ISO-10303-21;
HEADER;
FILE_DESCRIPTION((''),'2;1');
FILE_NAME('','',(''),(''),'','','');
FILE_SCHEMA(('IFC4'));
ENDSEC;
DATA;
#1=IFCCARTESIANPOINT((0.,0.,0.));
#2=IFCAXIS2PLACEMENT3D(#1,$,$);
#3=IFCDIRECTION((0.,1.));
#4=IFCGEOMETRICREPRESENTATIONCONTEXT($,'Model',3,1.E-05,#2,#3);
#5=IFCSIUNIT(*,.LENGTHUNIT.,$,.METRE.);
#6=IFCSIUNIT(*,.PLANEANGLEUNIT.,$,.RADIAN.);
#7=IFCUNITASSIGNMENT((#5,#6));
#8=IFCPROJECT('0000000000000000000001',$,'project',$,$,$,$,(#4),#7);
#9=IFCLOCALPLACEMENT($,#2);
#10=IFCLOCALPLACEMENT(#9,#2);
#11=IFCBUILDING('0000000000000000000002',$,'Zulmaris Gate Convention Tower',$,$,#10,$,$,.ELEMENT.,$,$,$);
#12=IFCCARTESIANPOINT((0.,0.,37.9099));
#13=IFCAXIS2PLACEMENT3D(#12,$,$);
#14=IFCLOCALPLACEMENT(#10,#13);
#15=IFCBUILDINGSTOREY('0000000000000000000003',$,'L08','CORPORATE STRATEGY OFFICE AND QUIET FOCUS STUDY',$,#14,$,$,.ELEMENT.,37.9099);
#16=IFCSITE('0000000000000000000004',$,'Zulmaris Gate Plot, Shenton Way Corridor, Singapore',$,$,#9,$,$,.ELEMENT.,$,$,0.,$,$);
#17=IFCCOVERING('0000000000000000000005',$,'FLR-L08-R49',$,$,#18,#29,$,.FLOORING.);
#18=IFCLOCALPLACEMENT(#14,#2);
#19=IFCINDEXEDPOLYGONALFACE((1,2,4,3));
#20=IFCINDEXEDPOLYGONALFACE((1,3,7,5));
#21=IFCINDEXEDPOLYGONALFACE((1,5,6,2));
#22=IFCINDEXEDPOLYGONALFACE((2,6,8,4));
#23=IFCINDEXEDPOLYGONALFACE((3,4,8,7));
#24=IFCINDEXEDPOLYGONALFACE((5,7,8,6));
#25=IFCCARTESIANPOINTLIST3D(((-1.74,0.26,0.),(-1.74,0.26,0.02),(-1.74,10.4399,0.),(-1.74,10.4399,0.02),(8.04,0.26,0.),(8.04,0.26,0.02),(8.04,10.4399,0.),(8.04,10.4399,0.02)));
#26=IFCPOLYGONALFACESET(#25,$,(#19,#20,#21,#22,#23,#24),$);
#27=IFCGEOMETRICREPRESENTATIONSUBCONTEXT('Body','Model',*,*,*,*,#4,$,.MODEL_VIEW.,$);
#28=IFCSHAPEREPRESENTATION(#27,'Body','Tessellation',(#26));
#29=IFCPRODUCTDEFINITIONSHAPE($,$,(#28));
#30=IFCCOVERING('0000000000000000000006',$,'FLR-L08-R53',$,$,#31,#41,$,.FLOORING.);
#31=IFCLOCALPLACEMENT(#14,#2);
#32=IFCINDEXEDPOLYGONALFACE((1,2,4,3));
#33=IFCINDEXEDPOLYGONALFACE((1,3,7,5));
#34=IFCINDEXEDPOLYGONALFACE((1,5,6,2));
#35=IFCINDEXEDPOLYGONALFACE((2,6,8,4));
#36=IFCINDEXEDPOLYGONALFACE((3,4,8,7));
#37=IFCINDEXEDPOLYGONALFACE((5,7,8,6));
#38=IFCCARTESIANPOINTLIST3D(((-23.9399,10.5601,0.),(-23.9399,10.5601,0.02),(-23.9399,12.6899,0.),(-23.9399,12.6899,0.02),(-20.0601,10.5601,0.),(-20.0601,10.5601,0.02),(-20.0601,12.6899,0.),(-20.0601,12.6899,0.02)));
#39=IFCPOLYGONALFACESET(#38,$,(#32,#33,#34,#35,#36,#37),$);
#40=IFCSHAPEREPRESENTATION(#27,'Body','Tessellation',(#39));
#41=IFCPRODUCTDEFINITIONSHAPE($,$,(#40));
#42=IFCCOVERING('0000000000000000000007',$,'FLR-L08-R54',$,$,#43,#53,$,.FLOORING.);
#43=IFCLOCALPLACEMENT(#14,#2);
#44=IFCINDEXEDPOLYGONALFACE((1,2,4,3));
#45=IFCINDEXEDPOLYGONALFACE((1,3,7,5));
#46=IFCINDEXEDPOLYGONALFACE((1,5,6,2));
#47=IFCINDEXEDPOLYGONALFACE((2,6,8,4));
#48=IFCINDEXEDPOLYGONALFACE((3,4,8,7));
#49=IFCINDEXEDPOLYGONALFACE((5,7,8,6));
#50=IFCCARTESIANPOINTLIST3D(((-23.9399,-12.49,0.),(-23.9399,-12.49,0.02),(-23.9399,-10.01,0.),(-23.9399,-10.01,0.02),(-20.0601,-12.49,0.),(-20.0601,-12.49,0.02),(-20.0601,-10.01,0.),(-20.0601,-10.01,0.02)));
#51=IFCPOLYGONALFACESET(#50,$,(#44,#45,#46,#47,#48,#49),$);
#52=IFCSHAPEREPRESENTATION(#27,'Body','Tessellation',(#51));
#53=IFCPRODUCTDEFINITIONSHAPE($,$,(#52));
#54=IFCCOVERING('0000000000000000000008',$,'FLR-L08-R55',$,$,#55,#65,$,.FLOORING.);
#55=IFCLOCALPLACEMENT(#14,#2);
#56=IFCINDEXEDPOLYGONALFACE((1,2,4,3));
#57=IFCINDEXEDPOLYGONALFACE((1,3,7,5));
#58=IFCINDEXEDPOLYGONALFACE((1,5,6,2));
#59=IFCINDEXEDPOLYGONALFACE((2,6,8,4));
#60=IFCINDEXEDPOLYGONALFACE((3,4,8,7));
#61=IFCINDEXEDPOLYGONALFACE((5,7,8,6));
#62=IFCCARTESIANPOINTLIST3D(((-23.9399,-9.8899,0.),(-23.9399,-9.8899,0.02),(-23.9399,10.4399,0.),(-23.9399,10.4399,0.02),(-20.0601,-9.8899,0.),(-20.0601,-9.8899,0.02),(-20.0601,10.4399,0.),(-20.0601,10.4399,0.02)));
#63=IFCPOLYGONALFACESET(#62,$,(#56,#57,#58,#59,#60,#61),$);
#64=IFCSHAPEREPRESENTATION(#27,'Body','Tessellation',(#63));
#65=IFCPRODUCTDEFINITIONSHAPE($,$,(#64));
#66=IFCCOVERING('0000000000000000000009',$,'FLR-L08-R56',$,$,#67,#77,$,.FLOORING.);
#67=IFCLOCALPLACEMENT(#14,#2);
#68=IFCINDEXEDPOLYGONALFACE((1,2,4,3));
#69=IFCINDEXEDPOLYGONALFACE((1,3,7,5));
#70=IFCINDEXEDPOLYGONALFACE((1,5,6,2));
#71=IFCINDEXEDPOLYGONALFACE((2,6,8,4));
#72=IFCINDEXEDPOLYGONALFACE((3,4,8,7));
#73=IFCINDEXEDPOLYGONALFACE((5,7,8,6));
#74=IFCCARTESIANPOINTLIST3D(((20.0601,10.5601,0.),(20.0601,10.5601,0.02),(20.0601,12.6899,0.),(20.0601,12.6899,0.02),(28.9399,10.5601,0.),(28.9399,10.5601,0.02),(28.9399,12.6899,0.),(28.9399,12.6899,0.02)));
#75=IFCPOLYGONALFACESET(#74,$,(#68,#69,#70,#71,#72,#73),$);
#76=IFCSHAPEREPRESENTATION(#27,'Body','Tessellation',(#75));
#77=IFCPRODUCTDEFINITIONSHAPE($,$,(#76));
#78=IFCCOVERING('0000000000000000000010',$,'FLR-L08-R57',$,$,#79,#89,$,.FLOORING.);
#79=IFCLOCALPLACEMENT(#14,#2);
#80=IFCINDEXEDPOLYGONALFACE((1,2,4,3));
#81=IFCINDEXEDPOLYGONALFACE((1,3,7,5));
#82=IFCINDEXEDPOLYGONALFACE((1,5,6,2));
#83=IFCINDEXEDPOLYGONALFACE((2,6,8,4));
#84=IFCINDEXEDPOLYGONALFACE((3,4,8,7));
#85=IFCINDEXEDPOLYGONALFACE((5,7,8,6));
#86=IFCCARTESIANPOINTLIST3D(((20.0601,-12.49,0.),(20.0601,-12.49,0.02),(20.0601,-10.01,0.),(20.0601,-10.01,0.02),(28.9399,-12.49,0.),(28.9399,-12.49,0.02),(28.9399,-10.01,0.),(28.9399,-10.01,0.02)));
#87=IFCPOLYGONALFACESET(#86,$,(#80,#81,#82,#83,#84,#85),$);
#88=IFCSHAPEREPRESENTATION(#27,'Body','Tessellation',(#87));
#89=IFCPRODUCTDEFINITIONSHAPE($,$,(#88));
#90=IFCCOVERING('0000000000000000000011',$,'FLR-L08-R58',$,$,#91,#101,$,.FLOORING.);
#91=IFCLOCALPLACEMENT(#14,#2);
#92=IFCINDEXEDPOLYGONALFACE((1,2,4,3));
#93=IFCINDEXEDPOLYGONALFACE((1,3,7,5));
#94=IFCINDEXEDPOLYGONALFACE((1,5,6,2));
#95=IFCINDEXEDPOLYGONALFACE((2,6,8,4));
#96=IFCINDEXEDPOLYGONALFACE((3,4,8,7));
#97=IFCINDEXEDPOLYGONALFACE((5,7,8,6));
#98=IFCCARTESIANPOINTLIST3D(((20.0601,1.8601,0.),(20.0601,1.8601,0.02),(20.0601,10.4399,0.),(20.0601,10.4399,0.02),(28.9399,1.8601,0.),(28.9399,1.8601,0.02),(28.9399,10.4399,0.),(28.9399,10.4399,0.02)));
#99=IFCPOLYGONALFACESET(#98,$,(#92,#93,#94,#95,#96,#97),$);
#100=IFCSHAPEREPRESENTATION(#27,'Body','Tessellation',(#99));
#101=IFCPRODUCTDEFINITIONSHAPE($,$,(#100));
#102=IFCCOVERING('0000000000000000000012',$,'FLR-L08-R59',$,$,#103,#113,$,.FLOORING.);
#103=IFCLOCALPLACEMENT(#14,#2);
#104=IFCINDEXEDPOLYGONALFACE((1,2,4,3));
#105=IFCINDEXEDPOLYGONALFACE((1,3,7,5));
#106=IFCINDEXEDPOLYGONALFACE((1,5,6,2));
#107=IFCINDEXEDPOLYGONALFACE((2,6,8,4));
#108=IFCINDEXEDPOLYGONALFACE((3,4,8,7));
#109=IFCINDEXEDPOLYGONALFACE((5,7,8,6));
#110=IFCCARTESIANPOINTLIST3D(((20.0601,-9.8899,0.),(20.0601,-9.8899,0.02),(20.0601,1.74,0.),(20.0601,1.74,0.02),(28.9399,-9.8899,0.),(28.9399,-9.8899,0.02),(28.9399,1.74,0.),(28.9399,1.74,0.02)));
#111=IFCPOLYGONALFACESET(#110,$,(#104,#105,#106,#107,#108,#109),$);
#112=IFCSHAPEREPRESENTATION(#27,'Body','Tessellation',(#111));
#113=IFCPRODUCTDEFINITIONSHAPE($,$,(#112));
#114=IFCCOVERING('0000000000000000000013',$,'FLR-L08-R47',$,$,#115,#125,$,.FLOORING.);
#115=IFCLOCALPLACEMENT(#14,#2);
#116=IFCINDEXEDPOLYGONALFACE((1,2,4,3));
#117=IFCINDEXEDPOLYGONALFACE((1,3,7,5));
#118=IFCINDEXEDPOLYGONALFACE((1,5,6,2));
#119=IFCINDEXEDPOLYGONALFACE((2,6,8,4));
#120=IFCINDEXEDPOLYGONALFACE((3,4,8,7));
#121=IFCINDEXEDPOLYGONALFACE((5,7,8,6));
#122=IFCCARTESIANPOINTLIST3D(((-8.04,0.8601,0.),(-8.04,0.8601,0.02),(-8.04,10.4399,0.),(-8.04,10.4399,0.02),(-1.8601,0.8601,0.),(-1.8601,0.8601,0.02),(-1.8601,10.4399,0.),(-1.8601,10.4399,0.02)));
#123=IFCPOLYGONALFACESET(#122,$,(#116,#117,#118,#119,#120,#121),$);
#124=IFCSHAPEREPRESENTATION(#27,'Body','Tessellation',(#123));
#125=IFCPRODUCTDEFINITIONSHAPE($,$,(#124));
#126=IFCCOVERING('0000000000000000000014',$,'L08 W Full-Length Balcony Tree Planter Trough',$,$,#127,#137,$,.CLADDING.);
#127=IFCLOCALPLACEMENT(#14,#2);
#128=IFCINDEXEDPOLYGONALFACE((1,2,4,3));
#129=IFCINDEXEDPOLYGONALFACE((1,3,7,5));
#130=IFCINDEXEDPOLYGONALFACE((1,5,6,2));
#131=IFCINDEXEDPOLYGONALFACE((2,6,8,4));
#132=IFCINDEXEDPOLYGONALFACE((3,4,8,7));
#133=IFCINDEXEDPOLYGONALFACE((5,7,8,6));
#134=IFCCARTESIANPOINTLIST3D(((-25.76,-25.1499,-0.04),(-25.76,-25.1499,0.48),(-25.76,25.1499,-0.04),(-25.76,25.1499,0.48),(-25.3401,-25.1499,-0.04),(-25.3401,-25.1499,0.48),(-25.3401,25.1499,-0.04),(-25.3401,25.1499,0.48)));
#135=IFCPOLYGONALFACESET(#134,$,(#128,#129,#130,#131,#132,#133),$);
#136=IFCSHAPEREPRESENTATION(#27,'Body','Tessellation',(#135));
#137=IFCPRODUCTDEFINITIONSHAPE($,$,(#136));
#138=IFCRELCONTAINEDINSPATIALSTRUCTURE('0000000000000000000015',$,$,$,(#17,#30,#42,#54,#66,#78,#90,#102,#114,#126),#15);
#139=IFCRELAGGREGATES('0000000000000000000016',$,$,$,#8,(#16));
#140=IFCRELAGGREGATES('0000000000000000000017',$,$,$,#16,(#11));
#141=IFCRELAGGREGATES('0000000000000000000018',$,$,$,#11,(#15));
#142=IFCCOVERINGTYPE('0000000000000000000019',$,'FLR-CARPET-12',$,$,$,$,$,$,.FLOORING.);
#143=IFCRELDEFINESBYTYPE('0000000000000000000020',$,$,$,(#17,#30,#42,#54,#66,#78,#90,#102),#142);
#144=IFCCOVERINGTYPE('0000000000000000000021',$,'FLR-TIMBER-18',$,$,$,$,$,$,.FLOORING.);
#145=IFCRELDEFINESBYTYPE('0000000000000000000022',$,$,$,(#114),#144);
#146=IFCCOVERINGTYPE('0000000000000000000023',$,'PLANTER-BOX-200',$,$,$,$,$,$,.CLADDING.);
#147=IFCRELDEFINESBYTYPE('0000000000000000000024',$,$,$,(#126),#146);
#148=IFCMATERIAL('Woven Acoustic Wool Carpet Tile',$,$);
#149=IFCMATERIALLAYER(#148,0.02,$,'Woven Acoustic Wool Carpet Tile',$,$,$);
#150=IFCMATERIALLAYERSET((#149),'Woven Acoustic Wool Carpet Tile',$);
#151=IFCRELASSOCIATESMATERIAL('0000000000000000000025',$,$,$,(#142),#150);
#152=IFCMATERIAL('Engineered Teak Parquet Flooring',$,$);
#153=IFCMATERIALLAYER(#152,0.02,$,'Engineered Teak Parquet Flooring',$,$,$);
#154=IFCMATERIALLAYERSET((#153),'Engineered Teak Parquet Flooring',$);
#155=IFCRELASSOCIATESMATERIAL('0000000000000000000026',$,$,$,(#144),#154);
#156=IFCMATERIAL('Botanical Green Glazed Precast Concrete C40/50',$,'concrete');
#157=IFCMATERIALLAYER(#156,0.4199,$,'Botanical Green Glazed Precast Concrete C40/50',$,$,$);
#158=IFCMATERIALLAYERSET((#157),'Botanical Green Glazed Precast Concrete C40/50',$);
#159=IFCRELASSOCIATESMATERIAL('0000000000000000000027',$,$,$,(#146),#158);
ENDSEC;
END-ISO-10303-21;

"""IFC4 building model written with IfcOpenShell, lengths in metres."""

from ifc_helpers import new_model, si_unit, direction, frame, origin, place, context, subcontext, project, spatial, polyline, outline, extrude, material, layer, layer_set, type_object, element, save


model = new_model("IFC4")

# Units and contexts
model_context = context("Model", 3, precision=1e-05, world=origin(), true_north=direction((0.0, 1.0)))
body_context = subcontext(model_context, "Body", "Model", "MODEL_VIEW")
ifc_project = project(units=[si_unit("LENGTHUNIT", "METRE"), si_unit("PLANEANGLEUNIT", "RADIAN")], contexts=[model_context])

# Site, building, storey
site_placement = place(None, origin())
site = spatial("IfcSite", under=ifc_project, at=site_placement, Name="Zulmaris Gate Plot, Shenton Way Corridor, Singapore", CompositionType="ELEMENT", RefElevation=0.0)
building_placement = place(site_placement, origin())
building = spatial("IfcBuilding", under=site, at=building_placement, Name="Zulmaris Gate Convention Tower", CompositionType="ELEMENT")
storey_placement = place(building_placement, frame((0.0, 0.0, 37.9099)))
storey = spatial("IfcBuildingStorey", under=building, at=storey_placement, Name="L08", Description="CORPORATE STRATEGY OFFICE AND QUIET FOCUS STUDY", CompositionType="ELEMENT", Elevation=37.9099)

# Coverings
ifc_material_1 = material(Name="Woven Acoustic Wool Carpet Tile")
ifc_layer_1 = layer(ifc_material_1, 0.02, Name="Woven Acoustic Wool Carpet Tile")
ifc_layer_set_1 = layer_set([ifc_layer_1], Name="Woven Acoustic Wool Carpet Tile")
covering_type_1 = type_object("IfcCoveringType", Name="FLR-CARPET-12", PredefinedType="FLOORING", material=ifc_layer_set_1)
covering_1_placement = place(storey_placement, origin())
element("IfcCovering", 1, at=covering_1_placement, inside=storey, type_object=covering_type_1, Name="FLR-L08-R49", PredefinedType="FLOORING", context=body_context, shape_type="SweptSolid", body=[
    extrude(outline(polyline([(-1.74, 0.26), (8.04, 0.26), (8.04, 10.4399), (-1.74, 10.4399), (-1.74, 0.26)])), origin(), (0.0, 0.0, 1.0), 0.02),
])
covering_2_placement = place(storey_placement, origin())
element("IfcCovering", 2, at=covering_2_placement, inside=storey, type_object=covering_type_1, Name="FLR-L08-R53", PredefinedType="FLOORING", context=body_context, shape_type="SweptSolid", body=[
    extrude(outline(polyline([(-23.9399, 10.5601), (-20.0601, 10.5601), (-20.0601, 12.6899), (-23.9399, 12.6899), (-23.9399, 10.5601)])), origin(), (0.0, 0.0, 1.0), 0.02),
])
covering_3_placement = place(storey_placement, origin())
element("IfcCovering", 3, at=covering_3_placement, inside=storey, type_object=covering_type_1, Name="FLR-L08-R54", PredefinedType="FLOORING", context=body_context, shape_type="SweptSolid", body=[
    extrude(outline(polyline([(-23.9399, -12.49), (-20.0601, -12.49), (-20.0601, -10.01), (-23.9399, -10.01), (-23.9399, -12.49)])), origin(), (0.0, 0.0, 1.0), 0.02),
])
covering_4_placement = place(storey_placement, origin())
element("IfcCovering", 4, at=covering_4_placement, inside=storey, type_object=covering_type_1, Name="FLR-L08-R55", PredefinedType="FLOORING", context=body_context, shape_type="SweptSolid", body=[
    extrude(outline(polyline([(-23.9399, -9.8899), (-20.0601, -9.8899), (-20.0601, 10.4399), (-23.9399, 10.4399), (-23.9399, -9.8899)])), origin(), (0.0, 0.0, 1.0), 0.02),
])
covering_5_placement = place(storey_placement, origin())
element("IfcCovering", 5, at=covering_5_placement, inside=storey, type_object=covering_type_1, Name="FLR-L08-R56", PredefinedType="FLOORING", context=body_context, shape_type="SweptSolid", body=[
    extrude(outline(polyline([(20.0601, 10.5601), (28.9399, 10.5601), (28.9399, 12.6899), (20.0601, 12.6899), (20.0601, 10.5601)])), origin(), (0.0, 0.0, 1.0), 0.02),
])
covering_6_placement = place(storey_placement, origin())
element("IfcCovering", 6, at=covering_6_placement, inside=storey, type_object=covering_type_1, Name="FLR-L08-R57", PredefinedType="FLOORING", context=body_context, shape_type="SweptSolid", body=[
    extrude(outline(polyline([(20.0601, -12.49), (28.9399, -12.49), (28.9399, -10.01), (20.0601, -10.01), (20.0601, -12.49)])), origin(), (0.0, 0.0, 1.0), 0.02),
])
covering_7_placement = place(storey_placement, origin())
element("IfcCovering", 7, at=covering_7_placement, inside=storey, type_object=covering_type_1, Name="FLR-L08-R58", PredefinedType="FLOORING", context=body_context, shape_type="SweptSolid", body=[
    extrude(outline(polyline([(20.0601, 1.8601), (28.9399, 1.8601), (28.9399, 10.4399), (20.0601, 10.4399), (20.0601, 1.8601)])), origin(), (0.0, 0.0, 1.0), 0.02),
])
covering_8_placement = place(storey_placement, origin())
element("IfcCovering", 8, at=covering_8_placement, inside=storey, type_object=covering_type_1, Name="FLR-L08-R59", PredefinedType="FLOORING", context=body_context, shape_type="SweptSolid", body=[
    extrude(outline(polyline([(20.0601, -9.8899), (28.9399, -9.8899), (28.9399, 1.74), (20.0601, 1.74), (20.0601, -9.8899)])), origin(), (0.0, 0.0, 1.0), 0.02),
])
ifc_material_2 = material(Name="Engineered Teak Parquet Flooring")
ifc_layer_2 = layer(ifc_material_2, 0.02, Name="Engineered Teak Parquet Flooring")
ifc_layer_set_2 = layer_set([ifc_layer_2], Name="Engineered Teak Parquet Flooring")
covering_type_2 = type_object("IfcCoveringType", Name="FLR-TIMBER-18", PredefinedType="FLOORING", material=ifc_layer_set_2)
covering_9_placement = place(storey_placement, origin())
element("IfcCovering", 9, at=covering_9_placement, inside=storey, type_object=covering_type_2, Name="FLR-L08-R47", PredefinedType="FLOORING", context=body_context, shape_type="SweptSolid", body=[
    extrude(outline(polyline([(-8.04, 0.8601), (-1.8601, 0.8601), (-1.8601, 10.4399), (-8.04, 10.4399), (-8.04, 0.8601)])), origin(), (0.0, 0.0, 1.0), 0.02),
])
ifc_material_3 = material(Name="Botanical Green Glazed Precast Concrete C40/50", Category="concrete")
ifc_layer_3 = layer(ifc_material_3, 0.4199, Name="Botanical Green Glazed Precast Concrete C40/50")
ifc_layer_set_3 = layer_set([ifc_layer_3], Name="Botanical Green Glazed Precast Concrete C40/50")
covering_type_3 = type_object("IfcCoveringType", Name="PLANTER-BOX-200", PredefinedType="CLADDING", material=ifc_layer_set_3)
covering_10_placement = place(storey_placement, frame((0.0, 0.0, -0.04)))
element("IfcCovering", 10, at=covering_10_placement, inside=storey, type_object=covering_type_3, Name="L08 W Full-Length Balcony Tree Planter Trough", PredefinedType="CLADDING", context=body_context, shape_type="SweptSolid", body=[
    extrude(outline(polyline([(-25.76, -25.1499), (-25.3401, -25.1499), (-25.3401, 25.1499), (-25.76, 25.1499), (-25.76, -25.1499)])), origin(), (0.0, 0.0, 1.0), 0.52),
])

save(model, "model.ifc")
